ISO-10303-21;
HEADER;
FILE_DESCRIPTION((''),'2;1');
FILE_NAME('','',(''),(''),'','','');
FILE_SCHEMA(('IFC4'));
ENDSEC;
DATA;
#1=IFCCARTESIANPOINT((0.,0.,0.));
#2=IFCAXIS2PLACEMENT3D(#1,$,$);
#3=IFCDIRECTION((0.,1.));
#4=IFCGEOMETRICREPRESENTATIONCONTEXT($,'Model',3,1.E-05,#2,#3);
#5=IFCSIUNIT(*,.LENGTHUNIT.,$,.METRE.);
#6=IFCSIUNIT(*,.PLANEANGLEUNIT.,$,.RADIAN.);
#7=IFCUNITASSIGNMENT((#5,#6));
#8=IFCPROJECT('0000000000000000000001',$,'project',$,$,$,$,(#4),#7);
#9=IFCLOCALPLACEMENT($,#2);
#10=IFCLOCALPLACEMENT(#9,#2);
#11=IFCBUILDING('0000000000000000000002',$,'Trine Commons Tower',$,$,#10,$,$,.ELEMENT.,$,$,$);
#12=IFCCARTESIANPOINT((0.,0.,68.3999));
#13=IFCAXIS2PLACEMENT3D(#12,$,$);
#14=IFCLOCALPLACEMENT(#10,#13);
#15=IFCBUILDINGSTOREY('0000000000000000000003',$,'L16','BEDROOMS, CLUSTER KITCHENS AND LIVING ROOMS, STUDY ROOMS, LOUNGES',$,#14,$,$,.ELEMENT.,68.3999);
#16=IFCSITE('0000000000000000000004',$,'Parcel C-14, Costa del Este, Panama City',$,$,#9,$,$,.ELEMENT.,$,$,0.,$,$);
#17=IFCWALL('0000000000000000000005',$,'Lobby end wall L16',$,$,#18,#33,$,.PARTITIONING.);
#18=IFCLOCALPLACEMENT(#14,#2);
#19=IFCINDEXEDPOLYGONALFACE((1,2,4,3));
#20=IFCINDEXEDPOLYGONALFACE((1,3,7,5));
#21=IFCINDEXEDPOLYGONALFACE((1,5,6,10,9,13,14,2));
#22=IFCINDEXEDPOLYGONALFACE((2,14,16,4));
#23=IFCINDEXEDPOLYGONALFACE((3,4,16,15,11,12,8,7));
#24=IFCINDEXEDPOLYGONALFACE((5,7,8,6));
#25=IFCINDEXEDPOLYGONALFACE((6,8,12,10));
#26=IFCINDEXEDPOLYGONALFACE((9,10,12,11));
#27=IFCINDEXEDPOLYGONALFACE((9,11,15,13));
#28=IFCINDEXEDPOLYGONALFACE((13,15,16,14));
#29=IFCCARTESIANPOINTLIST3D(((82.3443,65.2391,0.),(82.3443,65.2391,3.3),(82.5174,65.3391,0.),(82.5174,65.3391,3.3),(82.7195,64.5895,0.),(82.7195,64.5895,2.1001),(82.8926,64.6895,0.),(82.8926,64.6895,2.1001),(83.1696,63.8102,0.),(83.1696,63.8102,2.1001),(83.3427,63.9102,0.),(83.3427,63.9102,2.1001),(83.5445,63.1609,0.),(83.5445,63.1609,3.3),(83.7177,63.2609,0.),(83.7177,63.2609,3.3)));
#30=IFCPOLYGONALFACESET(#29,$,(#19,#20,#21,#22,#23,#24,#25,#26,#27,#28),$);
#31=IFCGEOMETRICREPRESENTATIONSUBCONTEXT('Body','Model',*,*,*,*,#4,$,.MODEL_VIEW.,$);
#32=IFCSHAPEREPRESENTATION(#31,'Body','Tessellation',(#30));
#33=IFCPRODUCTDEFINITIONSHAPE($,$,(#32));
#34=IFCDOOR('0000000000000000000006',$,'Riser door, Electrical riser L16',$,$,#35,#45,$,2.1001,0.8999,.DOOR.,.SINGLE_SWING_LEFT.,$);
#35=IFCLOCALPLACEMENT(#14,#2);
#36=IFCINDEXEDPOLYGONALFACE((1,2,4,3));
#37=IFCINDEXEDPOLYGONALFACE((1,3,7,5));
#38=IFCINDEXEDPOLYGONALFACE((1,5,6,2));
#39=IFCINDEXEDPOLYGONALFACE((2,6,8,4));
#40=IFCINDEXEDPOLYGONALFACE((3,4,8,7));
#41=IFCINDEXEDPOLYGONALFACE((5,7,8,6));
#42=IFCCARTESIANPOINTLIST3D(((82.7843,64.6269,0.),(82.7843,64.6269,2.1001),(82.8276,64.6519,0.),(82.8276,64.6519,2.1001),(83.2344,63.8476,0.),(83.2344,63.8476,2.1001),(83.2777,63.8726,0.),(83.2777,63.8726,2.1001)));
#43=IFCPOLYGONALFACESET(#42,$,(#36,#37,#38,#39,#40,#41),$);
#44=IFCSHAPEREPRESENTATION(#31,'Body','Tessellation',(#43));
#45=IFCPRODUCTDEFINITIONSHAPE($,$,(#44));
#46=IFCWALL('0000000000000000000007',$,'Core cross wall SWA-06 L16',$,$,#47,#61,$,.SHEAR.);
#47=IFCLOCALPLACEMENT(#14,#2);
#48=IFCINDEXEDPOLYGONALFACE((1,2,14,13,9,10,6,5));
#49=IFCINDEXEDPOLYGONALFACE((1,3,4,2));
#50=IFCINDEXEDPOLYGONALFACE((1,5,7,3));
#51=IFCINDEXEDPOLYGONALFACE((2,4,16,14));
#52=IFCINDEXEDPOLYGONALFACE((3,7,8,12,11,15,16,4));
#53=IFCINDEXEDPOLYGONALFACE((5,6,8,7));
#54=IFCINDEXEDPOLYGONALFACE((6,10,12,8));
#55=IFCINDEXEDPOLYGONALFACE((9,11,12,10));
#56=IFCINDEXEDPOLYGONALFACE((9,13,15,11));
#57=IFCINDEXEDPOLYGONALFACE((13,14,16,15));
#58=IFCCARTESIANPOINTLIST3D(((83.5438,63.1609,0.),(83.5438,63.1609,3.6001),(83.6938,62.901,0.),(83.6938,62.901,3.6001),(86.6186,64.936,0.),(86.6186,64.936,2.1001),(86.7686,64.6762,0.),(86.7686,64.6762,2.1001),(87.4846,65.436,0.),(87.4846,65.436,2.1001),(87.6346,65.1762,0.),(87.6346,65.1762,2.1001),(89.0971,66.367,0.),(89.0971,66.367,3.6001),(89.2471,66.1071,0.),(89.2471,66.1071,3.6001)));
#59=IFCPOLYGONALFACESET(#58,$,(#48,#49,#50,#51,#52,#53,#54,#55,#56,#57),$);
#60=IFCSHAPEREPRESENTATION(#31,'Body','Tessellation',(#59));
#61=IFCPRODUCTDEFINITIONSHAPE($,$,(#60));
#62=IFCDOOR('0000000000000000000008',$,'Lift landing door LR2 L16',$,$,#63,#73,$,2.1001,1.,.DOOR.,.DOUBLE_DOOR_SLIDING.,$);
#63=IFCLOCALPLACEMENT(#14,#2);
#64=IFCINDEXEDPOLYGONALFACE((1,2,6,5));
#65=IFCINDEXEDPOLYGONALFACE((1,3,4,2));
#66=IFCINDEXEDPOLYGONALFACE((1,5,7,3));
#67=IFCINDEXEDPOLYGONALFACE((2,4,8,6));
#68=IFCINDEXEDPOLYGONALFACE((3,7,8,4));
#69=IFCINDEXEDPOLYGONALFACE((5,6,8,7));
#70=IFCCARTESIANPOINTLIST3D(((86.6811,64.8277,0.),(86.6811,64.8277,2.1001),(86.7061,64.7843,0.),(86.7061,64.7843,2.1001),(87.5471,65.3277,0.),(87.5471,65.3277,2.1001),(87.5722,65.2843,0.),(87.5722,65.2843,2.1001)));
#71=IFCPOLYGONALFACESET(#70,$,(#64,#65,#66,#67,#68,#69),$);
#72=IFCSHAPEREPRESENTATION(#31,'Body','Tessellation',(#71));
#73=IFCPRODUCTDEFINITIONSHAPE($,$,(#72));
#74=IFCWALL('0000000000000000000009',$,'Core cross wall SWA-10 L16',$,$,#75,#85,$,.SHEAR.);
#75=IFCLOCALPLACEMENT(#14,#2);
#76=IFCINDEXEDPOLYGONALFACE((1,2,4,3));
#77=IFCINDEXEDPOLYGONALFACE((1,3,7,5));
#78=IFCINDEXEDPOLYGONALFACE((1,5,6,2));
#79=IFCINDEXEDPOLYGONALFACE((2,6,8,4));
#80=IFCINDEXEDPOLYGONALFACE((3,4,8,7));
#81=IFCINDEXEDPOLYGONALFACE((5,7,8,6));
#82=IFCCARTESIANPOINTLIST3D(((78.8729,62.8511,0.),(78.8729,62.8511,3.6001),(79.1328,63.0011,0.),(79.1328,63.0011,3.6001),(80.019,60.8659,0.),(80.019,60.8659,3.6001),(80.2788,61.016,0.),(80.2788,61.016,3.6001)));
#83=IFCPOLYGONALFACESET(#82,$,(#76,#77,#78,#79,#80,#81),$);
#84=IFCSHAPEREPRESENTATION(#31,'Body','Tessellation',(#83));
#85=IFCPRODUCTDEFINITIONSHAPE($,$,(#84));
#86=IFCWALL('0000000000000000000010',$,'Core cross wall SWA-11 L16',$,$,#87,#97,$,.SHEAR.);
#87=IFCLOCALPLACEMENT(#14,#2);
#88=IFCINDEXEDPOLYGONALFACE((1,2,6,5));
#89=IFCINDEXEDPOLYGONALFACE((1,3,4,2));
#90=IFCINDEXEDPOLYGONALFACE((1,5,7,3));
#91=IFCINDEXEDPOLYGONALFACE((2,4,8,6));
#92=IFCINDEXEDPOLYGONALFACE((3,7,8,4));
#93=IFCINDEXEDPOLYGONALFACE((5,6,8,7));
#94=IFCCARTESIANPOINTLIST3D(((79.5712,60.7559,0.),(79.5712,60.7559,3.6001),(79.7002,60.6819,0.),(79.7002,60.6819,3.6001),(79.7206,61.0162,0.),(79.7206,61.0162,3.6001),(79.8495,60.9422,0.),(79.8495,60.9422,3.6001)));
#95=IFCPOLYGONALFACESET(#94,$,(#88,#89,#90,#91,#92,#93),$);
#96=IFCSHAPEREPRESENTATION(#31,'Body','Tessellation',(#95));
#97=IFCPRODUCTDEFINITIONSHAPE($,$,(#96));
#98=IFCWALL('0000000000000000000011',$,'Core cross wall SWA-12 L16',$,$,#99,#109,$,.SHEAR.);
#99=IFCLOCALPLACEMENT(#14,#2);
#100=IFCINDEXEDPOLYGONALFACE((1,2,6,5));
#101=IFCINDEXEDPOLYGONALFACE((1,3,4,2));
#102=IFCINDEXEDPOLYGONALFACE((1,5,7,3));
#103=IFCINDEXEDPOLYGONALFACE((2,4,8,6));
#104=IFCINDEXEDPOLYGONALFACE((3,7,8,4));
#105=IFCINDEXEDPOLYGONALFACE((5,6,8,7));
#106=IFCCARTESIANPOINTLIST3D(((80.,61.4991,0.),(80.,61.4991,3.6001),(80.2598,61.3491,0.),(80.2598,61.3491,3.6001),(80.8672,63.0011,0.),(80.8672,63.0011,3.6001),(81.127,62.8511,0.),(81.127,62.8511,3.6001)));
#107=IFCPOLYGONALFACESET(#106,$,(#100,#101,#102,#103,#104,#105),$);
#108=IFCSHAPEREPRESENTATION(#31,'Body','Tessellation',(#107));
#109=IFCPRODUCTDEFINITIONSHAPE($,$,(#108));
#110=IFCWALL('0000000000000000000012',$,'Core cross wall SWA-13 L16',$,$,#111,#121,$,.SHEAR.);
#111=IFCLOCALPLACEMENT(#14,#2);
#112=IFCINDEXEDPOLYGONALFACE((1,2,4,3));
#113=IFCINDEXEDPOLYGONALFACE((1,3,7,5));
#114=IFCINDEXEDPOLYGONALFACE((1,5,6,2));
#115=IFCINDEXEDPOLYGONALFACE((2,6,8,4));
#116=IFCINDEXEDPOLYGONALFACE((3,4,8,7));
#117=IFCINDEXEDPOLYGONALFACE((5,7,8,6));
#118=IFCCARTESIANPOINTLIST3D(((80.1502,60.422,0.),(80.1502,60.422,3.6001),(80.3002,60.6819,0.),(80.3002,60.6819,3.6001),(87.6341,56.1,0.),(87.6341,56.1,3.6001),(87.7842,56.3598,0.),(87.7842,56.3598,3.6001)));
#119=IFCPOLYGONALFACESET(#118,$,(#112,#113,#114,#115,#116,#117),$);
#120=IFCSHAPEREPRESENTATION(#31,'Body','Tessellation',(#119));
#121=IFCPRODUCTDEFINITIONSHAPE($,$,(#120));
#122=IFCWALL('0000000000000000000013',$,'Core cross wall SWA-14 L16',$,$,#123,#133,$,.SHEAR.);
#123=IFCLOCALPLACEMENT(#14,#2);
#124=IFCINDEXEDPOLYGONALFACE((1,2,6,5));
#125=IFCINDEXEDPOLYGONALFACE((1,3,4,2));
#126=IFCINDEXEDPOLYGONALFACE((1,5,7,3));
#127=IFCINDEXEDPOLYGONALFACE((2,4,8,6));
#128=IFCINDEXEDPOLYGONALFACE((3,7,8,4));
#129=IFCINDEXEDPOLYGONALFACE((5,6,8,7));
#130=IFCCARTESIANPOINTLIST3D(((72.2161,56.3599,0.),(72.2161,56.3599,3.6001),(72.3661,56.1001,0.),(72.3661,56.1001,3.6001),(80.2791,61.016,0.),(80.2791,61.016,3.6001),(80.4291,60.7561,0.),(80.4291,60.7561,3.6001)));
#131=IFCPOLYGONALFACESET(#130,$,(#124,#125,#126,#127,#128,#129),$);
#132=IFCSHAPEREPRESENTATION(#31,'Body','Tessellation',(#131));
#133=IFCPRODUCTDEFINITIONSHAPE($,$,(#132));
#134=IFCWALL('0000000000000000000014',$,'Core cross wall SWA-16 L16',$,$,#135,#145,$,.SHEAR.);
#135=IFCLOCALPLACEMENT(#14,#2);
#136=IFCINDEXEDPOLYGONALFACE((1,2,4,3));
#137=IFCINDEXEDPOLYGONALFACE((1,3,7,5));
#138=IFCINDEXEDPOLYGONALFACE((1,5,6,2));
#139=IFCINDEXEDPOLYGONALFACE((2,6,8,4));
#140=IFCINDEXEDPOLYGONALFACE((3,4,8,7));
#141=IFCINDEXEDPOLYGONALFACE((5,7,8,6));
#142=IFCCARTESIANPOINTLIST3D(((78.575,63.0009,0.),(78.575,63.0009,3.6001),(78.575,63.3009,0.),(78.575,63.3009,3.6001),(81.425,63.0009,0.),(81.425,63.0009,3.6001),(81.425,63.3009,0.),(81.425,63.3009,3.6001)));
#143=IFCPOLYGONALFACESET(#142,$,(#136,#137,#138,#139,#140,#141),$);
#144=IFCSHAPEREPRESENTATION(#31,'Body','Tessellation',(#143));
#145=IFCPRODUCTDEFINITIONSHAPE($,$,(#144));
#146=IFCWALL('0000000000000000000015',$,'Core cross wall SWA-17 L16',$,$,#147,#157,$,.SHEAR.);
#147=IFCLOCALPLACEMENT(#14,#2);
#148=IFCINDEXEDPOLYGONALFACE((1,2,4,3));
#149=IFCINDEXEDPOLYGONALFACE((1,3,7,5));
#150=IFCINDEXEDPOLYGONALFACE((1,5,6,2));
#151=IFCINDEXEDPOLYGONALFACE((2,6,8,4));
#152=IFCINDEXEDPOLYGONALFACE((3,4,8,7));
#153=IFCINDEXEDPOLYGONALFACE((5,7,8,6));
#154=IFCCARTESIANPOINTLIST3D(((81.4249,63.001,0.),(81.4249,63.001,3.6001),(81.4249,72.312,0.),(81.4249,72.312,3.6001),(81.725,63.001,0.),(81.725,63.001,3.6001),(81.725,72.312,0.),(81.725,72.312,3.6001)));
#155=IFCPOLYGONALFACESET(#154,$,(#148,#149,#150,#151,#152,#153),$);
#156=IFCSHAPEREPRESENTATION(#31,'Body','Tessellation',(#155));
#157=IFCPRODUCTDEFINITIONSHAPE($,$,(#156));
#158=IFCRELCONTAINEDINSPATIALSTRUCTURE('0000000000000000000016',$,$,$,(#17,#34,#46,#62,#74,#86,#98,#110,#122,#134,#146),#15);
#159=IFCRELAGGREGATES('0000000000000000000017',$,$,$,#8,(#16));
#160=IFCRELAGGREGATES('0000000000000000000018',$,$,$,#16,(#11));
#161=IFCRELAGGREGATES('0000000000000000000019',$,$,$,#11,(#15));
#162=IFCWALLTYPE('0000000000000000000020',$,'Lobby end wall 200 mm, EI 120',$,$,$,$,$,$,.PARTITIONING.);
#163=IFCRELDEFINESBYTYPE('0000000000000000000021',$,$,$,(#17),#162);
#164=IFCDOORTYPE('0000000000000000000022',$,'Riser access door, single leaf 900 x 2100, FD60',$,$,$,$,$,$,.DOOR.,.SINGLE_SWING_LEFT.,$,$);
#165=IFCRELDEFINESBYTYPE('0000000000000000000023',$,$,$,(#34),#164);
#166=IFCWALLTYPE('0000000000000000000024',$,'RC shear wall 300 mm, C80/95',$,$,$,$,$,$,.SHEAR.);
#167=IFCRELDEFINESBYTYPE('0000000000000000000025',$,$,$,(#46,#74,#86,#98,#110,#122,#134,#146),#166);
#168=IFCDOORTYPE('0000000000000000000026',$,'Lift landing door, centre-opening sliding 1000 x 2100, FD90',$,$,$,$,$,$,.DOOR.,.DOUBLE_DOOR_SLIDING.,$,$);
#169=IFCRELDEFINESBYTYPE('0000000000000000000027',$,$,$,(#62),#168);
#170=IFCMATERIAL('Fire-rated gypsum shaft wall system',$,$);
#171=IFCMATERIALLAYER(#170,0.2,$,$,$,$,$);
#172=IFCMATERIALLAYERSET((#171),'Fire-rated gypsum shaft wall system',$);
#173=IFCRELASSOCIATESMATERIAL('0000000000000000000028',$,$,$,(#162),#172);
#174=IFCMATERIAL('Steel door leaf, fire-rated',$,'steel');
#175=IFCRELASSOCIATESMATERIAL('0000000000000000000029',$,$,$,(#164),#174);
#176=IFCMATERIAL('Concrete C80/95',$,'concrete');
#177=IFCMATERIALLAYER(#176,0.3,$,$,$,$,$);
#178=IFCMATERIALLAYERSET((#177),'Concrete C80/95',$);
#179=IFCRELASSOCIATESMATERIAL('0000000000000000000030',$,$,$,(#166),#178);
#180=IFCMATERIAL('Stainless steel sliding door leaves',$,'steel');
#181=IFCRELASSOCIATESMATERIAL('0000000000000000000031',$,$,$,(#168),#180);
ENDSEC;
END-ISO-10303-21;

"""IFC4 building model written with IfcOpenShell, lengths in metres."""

from ifc_helpers import new_model, si_unit, direction, frame, frame_2d, origin, place, context, subcontext, project, spatial, rectangle, extrude, material, layer, layer_set, type_object, element, fill, save


model = new_model("IFC4")

# Units and contexts
model_context = context("Model", 3, precision=1e-05, world=origin(), true_north=direction((0.0, 1.0)))
body_context = subcontext(model_context, "Body", "Model", "MODEL_VIEW")
ifc_project = project(units=[si_unit("LENGTHUNIT", "METRE"), si_unit("PLANEANGLEUNIT", "RADIAN")], contexts=[model_context])

# Site, building, storey
site_placement = place(None, origin())
site = spatial("IfcSite", under=ifc_project, at=site_placement, Name="Parcel C-14, Costa del Este, Panama City", CompositionType="ELEMENT", RefElevation=0.0)
building_placement = place(site_placement, origin())
building = spatial("IfcBuilding", under=site, at=building_placement, Name="Trine Commons Tower", CompositionType="ELEMENT")
storey_placement = place(building_placement, frame((0.0, 0.0, 68.3999)))
storey = spatial("IfcBuildingStorey", under=building, at=storey_placement, Name="L16", Description="BEDROOMS, CLUSTER KITCHENS AND LIVING ROOMS, STUDY ROOMS, LOUNGES", CompositionType="ELEMENT", Elevation=68.3999)

# Walls, openings, doors
ifc_material_1 = material(Name="Fire-rated gypsum shaft wall system")
ifc_layer_1 = layer(ifc_material_1, 0.2)
ifc_layer_set_1 = layer_set([ifc_layer_1], Name="Fire-rated gypsum shaft wall system")
wall_type_1 = type_object("IfcWallType", Name="Lobby end wall 200 mm, EI 120", PredefinedType="PARTITIONING", material=ifc_layer_set_1)
wall_1_placement = place(storey_placement, frame((83.6311, 63.2109, 0.0), z_axis=(0.0, 0.0, 1.0), x_axis=(-0.500122, 0.865955, 0.0)))
wall_1 = element("IfcWall", 1, at=wall_1_placement, inside=storey, type_object=wall_type_1, Name="Lobby end wall L16", PredefinedType="PARTITIONING", context=body_context, shape_type="SweptSolid", body=[
    extrude(rectangle(XDim=2.3999, YDim=0.2, at=frame_2d((1.2, 0.0))), origin(), (0.0, 0.0, 1.0), 3.3),
])
opening_1_placement = place(wall_1_placement, frame((0.7498, 0.0, 0.0)))
opening_1 = element("IfcOpeningElement", 2, at=opening_1_placement, cuts=wall_1, PredefinedType="OPENING", context=body_context, shape_type="SweptSolid", body=[
    extrude(rectangle(XDim=0.8999, YDim=2.1001, at=frame_2d((0.45, 1.05))), frame((0.0, 0.1099, 0.0), z_axis=(0.0, -1.0, 0.0), x_axis=(1.0, 0.0, 0.0)), (0.0, 0.0, 1.0), 0.22),
])
ifc_material_2 = material(Name="Steel door leaf, fire-rated", Category="steel")
door_type_1 = type_object("IfcDoorType", Name="Riser access door, single leaf 900 x 2100, FD60", OperationType="SINGLE_SWING_LEFT", PredefinedType="DOOR", material=ifc_material_2)
door_1_placement = place(opening_1_placement, frame((0.8999, 0.0, 0.0), z_axis=(0.0, 0.0, 1.0), x_axis=(-1.0, 0.0, 0.0)))
door_1 = element("IfcDoor", 3, at=door_1_placement, inside=storey, type_object=door_type_1, Name="Riser door, Electrical riser L16", OperationType="SINGLE_SWING_LEFT", OverallHeight=2.1001, OverallWidth=0.8999, PredefinedType="DOOR", context=body_context, shape_type="SweptSolid", body=[
    extrude(rectangle(XDim=0.8999, YDim=2.1001, at=frame_2d((0.45, 1.05))), frame((0.0, 0.0249, 0.0), z_axis=(0.0, -1.0, 0.0), x_axis=(1.0, 0.0, 0.0)), (0.0, 0.0, 1.0), 0.05),
])
fill(opening_1, door_1)
ifc_material_3 = material(Name="Concrete C80/95", Category="concrete")
ifc_layer_2 = layer(ifc_material_3, 0.3)
ifc_layer_set_2 = layer_set([ifc_layer_2], Name="Concrete C80/95")
wall_type_2 = type_object("IfcWallType", Name="RC shear wall 300 mm, C80/95", PredefinedType="SHEAR", material=ifc_layer_set_2)
wall_2_placement = place(storey_placement, frame((83.6189, 63.031, 0.0), z_axis=(0.0, 0.0, 1.0), x_axis=(0.866032, 0.499988, 0.0)))
wall_2 = element("IfcWall", 4, at=wall_2_placement, inside=storey, type_object=wall_type_2, Name="Core cross wall SWA-06 L16", PredefinedType="SHEAR", context=body_context, shape_type="SweptSolid", body=[
    extrude(rectangle(XDim=6.4124, YDim=0.3, at=frame_2d((3.2061, 0.0))), origin(), (0.0, 0.0, 1.0), 3.6001),
])
opening_2_placement = place(wall_2_placement, frame((3.5503, 0.0, 0.0)))
opening_2 = element("IfcOpeningElement", 5, at=opening_2_placement, cuts=wall_2, PredefinedType="OPENING", context=body_context, shape_type="SweptSolid", body=[
    extrude(rectangle(XDim=1.0, YDim=2.1001, at=frame_2d((0.5, 1.05))), frame((0.0, 0.1599, 0.0), z_axis=(0.0, -1.0, 0.0), x_axis=(1.0, 0.0, 0.0)), (0.0, 0.0, 1.0), 0.3201),
])
ifc_material_4 = material(Name="Stainless steel sliding door leaves", Category="steel")
door_type_2 = type_object("IfcDoorType", Name="Lift landing door, centre-opening sliding 1000 x 2100, FD90", OperationType="DOUBLE_DOOR_SLIDING", PredefinedType="DOOR", material=ifc_material_4)
door_2_placement = place(opening_2_placement, origin())
door_2 = element("IfcDoor", 6, at=door_2_placement, inside=storey, type_object=door_type_2, Name="Lift landing door LR2 L16", OperationType="DOUBLE_DOOR_SLIDING", OverallHeight=2.1001, OverallWidth=1.0, PredefinedType="DOOR", context=body_context, shape_type="SweptSolid", body=[
    extrude(rectangle(XDim=1.0, YDim=2.1001, at=frame_2d((0.5, 1.05))), frame((0.0, 0.0249, 0.0), z_axis=(0.0, -1.0, 0.0), x_axis=(1.0, 0.0, 0.0)), (0.0, 0.0, 1.0), 0.05),
])
fill(opening_2, door_2)

# Walls
wall_3_placement = place(storey_placement, frame((79.0029, 62.926, 0.0), z_axis=(0.0, 0.0, 1.0), x_axis=(0.499965, -0.866045, 0.0)))
element("IfcWall", 7, at=wall_3_placement, inside=storey, type_object=wall_type_2, Name="Core cross wall SWA-10 L16", PredefinedType="SHEAR", context=body_context, shape_type="SweptSolid", body=[
    extrude(rectangle(XDim=2.2922, YDim=0.3, at=frame_2d((1.146, 0.0))), origin(), (0.0, 0.0, 1.0), 3.6001),
])
wall_4_placement = place(storey_placement, frame((79.646, 60.886, 0.0), z_axis=(0.0, 0.0, 1.0), x_axis=(0.867332, -0.49773, 0.0)))
element("IfcWall", 8, at=wall_4_placement, inside=storey, type_object=wall_type_2, Name="Core cross wall SWA-11 L16", PredefinedType="SHEAR", context=body_context, shape_type="SweptSolid", body=[
    extrude(rectangle(XDim=0.1487, YDim=0.3, at=frame_2d((0.0742, 0.0))), origin(), (0.0, 0.0, 1.0), 3.6001),
])
wall_5_placement = place(storey_placement, frame((80.1299, 61.4241, 0.0), z_axis=(0.0, 0.0, 1.0), x_axis=(0.500015, 0.866017, 0.0)))
element("IfcWall", 9, at=wall_5_placement, inside=storey, type_object=wall_type_2, Name="Core cross wall SWA-12 L16", PredefinedType="SHEAR", context=body_context, shape_type="SweptSolid", body=[
    extrude(rectangle(XDim=1.7344, YDim=0.3, at=frame_2d((0.8672, 0.0))), origin(), (0.0, 0.0, 1.0), 3.6001),
])
wall_6_placement = place(storey_placement, frame((80.2251, 60.552, 0.0), z_axis=(0.0, 0.0, 1.0), x_axis=(0.865965, -0.500104, 0.0)))
element("IfcWall", 10, at=wall_6_placement, inside=storey, type_object=wall_type_2, Name="Core cross wall SWA-13 L16", PredefinedType="SHEAR", context=body_context, shape_type="SweptSolid", body=[
    extrude(rectangle(XDim=8.6423, YDim=0.3, at=frame_2d((4.3213, 0.0))), origin(), (0.0, 0.0, 1.0), 3.6001),
])
wall_7_placement = place(storey_placement, frame((80.354, 60.886, 0.0), z_axis=(0.0, 0.0, 1.0), x_axis=(-0.865986, -0.500067, 0.0)))
element("IfcWall", 11, at=wall_7_placement, inside=storey, type_object=wall_type_2, Name="Core cross wall SWA-14 L16", PredefinedType="SHEAR", context=body_context, shape_type="SweptSolid", body=[
    extrude(rectangle(XDim=9.3108, YDim=0.3, at=frame_2d((4.6553, 0.0))), origin(), (0.0, 0.0, 1.0), 3.6001),
])
wall_8_placement = place(storey_placement, frame((81.425, 63.1509, 0.0), z_axis=(0.0, 0.0, 1.0), x_axis=(-1.0, 0.0, 0.0)))
element("IfcWall", 12, at=wall_8_placement, inside=storey, type_object=wall_type_2, Name="Core cross wall SWA-16 L16", PredefinedType="SHEAR", context=body_context, shape_type="SweptSolid", body=[
    extrude(rectangle(XDim=2.8501, YDim=0.3, at=frame_2d((1.425, 0.0))), origin(), (0.0, 0.0, 1.0), 3.6001),
])
wall_9_placement = place(storey_placement, frame((81.575, 63.001, 0.0), z_axis=(0.0, 0.0, 1.0), x_axis=(0.0, 1.0, 0.0)))
element("IfcWall", 13, at=wall_9_placement, inside=storey, type_object=wall_type_2, Name="Core cross wall SWA-17 L16", PredefinedType="SHEAR", context=body_context, shape_type="SweptSolid", body=[
    extrude(rectangle(XDim=9.311, YDim=0.3, at=frame_2d((4.6555, 0.0))), origin(), (0.0, 0.0, 1.0), 3.6001),
])

save(model, "model.ifc")
